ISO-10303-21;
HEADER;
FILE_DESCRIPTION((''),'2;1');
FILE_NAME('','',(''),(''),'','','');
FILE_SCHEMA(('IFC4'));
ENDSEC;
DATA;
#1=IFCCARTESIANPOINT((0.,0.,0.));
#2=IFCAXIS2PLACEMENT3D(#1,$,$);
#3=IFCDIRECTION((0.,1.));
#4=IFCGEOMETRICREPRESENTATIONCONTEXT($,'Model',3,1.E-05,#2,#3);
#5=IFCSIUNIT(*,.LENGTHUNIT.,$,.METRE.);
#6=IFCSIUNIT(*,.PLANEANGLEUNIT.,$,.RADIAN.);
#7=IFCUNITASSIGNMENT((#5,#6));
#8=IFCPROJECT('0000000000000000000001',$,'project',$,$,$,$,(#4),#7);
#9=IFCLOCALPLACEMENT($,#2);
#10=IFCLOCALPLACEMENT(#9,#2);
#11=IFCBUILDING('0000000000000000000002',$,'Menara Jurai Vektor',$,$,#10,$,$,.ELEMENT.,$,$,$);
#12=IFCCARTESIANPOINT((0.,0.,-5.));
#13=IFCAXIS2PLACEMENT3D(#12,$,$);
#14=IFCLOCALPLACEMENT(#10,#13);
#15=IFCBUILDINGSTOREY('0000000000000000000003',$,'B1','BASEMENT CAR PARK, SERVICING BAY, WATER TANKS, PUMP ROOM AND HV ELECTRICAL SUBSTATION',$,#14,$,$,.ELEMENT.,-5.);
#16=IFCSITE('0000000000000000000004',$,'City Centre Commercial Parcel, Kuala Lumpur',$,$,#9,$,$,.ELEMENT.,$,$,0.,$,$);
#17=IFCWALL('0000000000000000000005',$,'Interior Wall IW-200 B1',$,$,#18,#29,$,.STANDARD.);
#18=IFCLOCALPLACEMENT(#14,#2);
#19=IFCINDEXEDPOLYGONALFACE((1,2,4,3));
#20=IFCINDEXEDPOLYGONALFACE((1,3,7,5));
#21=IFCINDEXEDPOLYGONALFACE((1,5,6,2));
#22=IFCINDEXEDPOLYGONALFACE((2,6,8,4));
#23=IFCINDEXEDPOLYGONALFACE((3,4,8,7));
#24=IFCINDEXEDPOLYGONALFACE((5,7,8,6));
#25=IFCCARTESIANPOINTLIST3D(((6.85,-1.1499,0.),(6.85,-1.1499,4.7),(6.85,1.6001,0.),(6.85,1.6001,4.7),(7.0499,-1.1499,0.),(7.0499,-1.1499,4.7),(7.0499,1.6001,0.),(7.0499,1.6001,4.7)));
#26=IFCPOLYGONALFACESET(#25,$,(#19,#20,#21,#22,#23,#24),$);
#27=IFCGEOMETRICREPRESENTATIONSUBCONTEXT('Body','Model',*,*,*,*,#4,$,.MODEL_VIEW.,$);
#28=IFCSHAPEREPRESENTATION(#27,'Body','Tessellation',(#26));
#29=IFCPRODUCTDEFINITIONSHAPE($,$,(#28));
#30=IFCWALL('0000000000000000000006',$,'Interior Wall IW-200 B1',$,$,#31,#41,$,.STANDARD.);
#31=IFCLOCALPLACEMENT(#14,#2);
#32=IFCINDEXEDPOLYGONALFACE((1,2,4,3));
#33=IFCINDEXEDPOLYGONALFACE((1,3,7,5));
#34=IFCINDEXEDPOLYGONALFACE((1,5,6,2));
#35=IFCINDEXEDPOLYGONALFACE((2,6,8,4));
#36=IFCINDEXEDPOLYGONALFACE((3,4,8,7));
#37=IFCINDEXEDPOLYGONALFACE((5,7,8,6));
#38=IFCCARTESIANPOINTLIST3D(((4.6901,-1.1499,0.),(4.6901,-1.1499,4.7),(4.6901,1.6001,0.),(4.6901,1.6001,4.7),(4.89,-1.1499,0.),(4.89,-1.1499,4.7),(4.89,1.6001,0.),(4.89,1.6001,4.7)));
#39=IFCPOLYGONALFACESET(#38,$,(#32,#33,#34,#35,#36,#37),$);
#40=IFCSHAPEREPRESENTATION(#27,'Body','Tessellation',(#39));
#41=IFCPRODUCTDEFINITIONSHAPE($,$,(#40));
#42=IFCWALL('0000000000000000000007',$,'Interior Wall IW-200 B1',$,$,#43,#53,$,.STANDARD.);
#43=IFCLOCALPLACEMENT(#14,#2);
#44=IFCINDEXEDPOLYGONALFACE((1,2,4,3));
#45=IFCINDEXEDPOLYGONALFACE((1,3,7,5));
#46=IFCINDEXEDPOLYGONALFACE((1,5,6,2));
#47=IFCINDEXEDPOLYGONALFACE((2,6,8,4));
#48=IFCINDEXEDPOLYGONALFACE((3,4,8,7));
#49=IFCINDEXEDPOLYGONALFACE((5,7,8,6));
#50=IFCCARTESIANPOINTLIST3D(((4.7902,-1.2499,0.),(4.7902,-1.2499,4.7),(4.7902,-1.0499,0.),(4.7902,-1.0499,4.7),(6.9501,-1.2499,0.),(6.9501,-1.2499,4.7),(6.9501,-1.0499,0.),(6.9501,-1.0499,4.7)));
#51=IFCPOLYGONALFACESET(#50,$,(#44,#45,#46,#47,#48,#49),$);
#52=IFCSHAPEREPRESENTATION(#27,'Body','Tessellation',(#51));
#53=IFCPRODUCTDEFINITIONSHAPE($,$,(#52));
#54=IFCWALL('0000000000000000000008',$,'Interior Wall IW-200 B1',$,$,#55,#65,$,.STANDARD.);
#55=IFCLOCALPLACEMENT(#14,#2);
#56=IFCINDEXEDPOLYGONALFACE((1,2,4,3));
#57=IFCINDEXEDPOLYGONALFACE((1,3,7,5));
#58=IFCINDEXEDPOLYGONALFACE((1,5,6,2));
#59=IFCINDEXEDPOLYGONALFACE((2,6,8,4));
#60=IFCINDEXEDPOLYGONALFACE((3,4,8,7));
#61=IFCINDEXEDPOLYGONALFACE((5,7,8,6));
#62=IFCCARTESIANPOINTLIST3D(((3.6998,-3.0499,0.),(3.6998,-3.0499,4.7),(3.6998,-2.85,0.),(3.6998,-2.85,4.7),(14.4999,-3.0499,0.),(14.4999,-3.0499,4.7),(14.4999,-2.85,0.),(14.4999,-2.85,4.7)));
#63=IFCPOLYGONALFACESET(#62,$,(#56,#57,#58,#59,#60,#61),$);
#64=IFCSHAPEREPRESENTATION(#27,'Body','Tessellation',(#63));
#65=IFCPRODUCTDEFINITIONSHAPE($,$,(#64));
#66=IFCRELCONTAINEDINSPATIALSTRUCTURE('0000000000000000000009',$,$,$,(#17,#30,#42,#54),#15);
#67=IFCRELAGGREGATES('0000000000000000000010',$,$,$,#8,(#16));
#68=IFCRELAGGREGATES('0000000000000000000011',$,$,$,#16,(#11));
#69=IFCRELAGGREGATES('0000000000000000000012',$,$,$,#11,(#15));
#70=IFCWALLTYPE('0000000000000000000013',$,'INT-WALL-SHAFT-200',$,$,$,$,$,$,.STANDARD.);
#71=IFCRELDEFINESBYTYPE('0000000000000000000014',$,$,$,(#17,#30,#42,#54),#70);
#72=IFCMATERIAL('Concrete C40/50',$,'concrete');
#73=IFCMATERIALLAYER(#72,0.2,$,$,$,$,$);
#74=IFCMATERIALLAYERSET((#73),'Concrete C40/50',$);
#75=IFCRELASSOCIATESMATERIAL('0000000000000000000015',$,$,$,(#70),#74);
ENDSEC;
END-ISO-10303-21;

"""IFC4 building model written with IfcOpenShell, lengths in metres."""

from ifc_helpers import new_model, si_unit, direction, frame, frame_2d, origin, place, context, subcontext, project, spatial, rectangle, extrude, material, layer, layer_set, type_object, element, save


model = new_model("IFC4")

# Units and contexts
model_context = context("Model", 3, precision=1e-05, world=origin(), true_north=direction((0.0, 1.0)))
body_context = subcontext(model_context, "Body", "Model", "MODEL_VIEW")
ifc_project = project(units=[si_unit("LENGTHUNIT", "METRE"), si_unit("PLANEANGLEUNIT", "RADIAN")], contexts=[model_context])

# Site, building, storey
site_placement = place(None, origin())
site = spatial("IfcSite", under=ifc_project, at=site_placement, Name="City Centre Commercial Parcel, Kuala Lumpur", CompositionType="ELEMENT", RefElevation=0.0)
building_placement = place(site_placement, origin())
building = spatial("IfcBuilding", under=site, at=building_placement, Name="Menara Jurai Vektor", CompositionType="ELEMENT")
storey_placement = place(building_placement, frame((0.0, 0.0, -5.0)))
storey = spatial("IfcBuildingStorey", under=building, at=storey_placement, Name="B1", Description="BASEMENT CAR PARK, SERVICING BAY, WATER TANKS, PUMP ROOM AND HV ELECTRICAL SUBSTATION", CompositionType="ELEMENT", Elevation=-5.0)

# Shared definitions
ifc_material_1 = material(Name="Concrete C40/50", Category="concrete")

# Shared definitions
ifc_layer_1 = layer(ifc_material_1, 0.2)
ifc_layer_set_1 = layer_set([ifc_layer_1], Name="Concrete C40/50")
wall_type_1 = type_object("IfcWallType", Name="INT-WALL-SHAFT-200", PredefinedType="STANDARD", material=ifc_layer_set_1)

# Wall
wall_1_placement = place(storey_placement, frame((6.95, -1.1499, 0.0), z_axis=(0.0, 0.0, 1.0), x_axis=(0.0, 1.0, 0.0)))
element("IfcWall", 1, at=wall_1_placement, inside=storey, type_object=wall_type_1, Name="Interior Wall IW-200 B1", PredefinedType="STANDARD", context=body_context, shape_type="SweptSolid", body=[
    extrude(rectangle(XDim=2.75, YDim=0.2, at=frame_2d((1.375, 0.0))), origin(), (0.0, 0.0, 1.0), 4.7),
])

# Walls
wall_2_placement = place(storey_placement, frame((4.79, -1.1499, 0.0), z_axis=(0.0, 0.0, 1.0), x_axis=(0.0, 1.0, 0.0)))
element("IfcWall", 2, at=wall_2_placement, inside=storey, type_object=wall_type_1, Name="Interior Wall IW-200 B1", PredefinedType="STANDARD", context=body_context, shape_type="SweptSolid", body=[
    extrude(rectangle(XDim=2.75, YDim=0.2, at=frame_2d((1.375, 0.0))), origin(), (0.0, 0.0, 1.0), 4.7),
])
wall_3_placement = place(storey_placement, frame((4.79, -1.1499, 0.0), z_axis=(0.0, 0.0, 1.0), x_axis=(1.0, 0.0, 0.0)))
element("IfcWall", 3, at=wall_3_placement, inside=storey, type_object=wall_type_1, Name="Interior Wall IW-200 B1", PredefinedType="STANDARD", context=body_context, shape_type="SweptSolid", body=[
    extrude(rectangle(XDim=2.1599, YDim=0.2, at=frame_2d((1.0801, 0.0))), origin(), (0.0, 0.0, 1.0), 4.7),
])
wall_4_placement = place(storey_placement, frame((3.7, -2.95, 0.0), z_axis=(0.0, 0.0, 1.0), x_axis=(1.0, 0.0, 0.0)))
element("IfcWall", 4, at=wall_4_placement, inside=storey, type_object=wall_type_1, Name="Interior Wall IW-200 B1", PredefinedType="STANDARD", context=body_context, shape_type="SweptSolid", body=[
    extrude(rectangle(XDim=10.8, YDim=0.2, at=frame_2d((5.3999, 0.0))), origin(), (0.0, 0.0, 1.0), 4.7),
])

save(model, "model.ifc")
